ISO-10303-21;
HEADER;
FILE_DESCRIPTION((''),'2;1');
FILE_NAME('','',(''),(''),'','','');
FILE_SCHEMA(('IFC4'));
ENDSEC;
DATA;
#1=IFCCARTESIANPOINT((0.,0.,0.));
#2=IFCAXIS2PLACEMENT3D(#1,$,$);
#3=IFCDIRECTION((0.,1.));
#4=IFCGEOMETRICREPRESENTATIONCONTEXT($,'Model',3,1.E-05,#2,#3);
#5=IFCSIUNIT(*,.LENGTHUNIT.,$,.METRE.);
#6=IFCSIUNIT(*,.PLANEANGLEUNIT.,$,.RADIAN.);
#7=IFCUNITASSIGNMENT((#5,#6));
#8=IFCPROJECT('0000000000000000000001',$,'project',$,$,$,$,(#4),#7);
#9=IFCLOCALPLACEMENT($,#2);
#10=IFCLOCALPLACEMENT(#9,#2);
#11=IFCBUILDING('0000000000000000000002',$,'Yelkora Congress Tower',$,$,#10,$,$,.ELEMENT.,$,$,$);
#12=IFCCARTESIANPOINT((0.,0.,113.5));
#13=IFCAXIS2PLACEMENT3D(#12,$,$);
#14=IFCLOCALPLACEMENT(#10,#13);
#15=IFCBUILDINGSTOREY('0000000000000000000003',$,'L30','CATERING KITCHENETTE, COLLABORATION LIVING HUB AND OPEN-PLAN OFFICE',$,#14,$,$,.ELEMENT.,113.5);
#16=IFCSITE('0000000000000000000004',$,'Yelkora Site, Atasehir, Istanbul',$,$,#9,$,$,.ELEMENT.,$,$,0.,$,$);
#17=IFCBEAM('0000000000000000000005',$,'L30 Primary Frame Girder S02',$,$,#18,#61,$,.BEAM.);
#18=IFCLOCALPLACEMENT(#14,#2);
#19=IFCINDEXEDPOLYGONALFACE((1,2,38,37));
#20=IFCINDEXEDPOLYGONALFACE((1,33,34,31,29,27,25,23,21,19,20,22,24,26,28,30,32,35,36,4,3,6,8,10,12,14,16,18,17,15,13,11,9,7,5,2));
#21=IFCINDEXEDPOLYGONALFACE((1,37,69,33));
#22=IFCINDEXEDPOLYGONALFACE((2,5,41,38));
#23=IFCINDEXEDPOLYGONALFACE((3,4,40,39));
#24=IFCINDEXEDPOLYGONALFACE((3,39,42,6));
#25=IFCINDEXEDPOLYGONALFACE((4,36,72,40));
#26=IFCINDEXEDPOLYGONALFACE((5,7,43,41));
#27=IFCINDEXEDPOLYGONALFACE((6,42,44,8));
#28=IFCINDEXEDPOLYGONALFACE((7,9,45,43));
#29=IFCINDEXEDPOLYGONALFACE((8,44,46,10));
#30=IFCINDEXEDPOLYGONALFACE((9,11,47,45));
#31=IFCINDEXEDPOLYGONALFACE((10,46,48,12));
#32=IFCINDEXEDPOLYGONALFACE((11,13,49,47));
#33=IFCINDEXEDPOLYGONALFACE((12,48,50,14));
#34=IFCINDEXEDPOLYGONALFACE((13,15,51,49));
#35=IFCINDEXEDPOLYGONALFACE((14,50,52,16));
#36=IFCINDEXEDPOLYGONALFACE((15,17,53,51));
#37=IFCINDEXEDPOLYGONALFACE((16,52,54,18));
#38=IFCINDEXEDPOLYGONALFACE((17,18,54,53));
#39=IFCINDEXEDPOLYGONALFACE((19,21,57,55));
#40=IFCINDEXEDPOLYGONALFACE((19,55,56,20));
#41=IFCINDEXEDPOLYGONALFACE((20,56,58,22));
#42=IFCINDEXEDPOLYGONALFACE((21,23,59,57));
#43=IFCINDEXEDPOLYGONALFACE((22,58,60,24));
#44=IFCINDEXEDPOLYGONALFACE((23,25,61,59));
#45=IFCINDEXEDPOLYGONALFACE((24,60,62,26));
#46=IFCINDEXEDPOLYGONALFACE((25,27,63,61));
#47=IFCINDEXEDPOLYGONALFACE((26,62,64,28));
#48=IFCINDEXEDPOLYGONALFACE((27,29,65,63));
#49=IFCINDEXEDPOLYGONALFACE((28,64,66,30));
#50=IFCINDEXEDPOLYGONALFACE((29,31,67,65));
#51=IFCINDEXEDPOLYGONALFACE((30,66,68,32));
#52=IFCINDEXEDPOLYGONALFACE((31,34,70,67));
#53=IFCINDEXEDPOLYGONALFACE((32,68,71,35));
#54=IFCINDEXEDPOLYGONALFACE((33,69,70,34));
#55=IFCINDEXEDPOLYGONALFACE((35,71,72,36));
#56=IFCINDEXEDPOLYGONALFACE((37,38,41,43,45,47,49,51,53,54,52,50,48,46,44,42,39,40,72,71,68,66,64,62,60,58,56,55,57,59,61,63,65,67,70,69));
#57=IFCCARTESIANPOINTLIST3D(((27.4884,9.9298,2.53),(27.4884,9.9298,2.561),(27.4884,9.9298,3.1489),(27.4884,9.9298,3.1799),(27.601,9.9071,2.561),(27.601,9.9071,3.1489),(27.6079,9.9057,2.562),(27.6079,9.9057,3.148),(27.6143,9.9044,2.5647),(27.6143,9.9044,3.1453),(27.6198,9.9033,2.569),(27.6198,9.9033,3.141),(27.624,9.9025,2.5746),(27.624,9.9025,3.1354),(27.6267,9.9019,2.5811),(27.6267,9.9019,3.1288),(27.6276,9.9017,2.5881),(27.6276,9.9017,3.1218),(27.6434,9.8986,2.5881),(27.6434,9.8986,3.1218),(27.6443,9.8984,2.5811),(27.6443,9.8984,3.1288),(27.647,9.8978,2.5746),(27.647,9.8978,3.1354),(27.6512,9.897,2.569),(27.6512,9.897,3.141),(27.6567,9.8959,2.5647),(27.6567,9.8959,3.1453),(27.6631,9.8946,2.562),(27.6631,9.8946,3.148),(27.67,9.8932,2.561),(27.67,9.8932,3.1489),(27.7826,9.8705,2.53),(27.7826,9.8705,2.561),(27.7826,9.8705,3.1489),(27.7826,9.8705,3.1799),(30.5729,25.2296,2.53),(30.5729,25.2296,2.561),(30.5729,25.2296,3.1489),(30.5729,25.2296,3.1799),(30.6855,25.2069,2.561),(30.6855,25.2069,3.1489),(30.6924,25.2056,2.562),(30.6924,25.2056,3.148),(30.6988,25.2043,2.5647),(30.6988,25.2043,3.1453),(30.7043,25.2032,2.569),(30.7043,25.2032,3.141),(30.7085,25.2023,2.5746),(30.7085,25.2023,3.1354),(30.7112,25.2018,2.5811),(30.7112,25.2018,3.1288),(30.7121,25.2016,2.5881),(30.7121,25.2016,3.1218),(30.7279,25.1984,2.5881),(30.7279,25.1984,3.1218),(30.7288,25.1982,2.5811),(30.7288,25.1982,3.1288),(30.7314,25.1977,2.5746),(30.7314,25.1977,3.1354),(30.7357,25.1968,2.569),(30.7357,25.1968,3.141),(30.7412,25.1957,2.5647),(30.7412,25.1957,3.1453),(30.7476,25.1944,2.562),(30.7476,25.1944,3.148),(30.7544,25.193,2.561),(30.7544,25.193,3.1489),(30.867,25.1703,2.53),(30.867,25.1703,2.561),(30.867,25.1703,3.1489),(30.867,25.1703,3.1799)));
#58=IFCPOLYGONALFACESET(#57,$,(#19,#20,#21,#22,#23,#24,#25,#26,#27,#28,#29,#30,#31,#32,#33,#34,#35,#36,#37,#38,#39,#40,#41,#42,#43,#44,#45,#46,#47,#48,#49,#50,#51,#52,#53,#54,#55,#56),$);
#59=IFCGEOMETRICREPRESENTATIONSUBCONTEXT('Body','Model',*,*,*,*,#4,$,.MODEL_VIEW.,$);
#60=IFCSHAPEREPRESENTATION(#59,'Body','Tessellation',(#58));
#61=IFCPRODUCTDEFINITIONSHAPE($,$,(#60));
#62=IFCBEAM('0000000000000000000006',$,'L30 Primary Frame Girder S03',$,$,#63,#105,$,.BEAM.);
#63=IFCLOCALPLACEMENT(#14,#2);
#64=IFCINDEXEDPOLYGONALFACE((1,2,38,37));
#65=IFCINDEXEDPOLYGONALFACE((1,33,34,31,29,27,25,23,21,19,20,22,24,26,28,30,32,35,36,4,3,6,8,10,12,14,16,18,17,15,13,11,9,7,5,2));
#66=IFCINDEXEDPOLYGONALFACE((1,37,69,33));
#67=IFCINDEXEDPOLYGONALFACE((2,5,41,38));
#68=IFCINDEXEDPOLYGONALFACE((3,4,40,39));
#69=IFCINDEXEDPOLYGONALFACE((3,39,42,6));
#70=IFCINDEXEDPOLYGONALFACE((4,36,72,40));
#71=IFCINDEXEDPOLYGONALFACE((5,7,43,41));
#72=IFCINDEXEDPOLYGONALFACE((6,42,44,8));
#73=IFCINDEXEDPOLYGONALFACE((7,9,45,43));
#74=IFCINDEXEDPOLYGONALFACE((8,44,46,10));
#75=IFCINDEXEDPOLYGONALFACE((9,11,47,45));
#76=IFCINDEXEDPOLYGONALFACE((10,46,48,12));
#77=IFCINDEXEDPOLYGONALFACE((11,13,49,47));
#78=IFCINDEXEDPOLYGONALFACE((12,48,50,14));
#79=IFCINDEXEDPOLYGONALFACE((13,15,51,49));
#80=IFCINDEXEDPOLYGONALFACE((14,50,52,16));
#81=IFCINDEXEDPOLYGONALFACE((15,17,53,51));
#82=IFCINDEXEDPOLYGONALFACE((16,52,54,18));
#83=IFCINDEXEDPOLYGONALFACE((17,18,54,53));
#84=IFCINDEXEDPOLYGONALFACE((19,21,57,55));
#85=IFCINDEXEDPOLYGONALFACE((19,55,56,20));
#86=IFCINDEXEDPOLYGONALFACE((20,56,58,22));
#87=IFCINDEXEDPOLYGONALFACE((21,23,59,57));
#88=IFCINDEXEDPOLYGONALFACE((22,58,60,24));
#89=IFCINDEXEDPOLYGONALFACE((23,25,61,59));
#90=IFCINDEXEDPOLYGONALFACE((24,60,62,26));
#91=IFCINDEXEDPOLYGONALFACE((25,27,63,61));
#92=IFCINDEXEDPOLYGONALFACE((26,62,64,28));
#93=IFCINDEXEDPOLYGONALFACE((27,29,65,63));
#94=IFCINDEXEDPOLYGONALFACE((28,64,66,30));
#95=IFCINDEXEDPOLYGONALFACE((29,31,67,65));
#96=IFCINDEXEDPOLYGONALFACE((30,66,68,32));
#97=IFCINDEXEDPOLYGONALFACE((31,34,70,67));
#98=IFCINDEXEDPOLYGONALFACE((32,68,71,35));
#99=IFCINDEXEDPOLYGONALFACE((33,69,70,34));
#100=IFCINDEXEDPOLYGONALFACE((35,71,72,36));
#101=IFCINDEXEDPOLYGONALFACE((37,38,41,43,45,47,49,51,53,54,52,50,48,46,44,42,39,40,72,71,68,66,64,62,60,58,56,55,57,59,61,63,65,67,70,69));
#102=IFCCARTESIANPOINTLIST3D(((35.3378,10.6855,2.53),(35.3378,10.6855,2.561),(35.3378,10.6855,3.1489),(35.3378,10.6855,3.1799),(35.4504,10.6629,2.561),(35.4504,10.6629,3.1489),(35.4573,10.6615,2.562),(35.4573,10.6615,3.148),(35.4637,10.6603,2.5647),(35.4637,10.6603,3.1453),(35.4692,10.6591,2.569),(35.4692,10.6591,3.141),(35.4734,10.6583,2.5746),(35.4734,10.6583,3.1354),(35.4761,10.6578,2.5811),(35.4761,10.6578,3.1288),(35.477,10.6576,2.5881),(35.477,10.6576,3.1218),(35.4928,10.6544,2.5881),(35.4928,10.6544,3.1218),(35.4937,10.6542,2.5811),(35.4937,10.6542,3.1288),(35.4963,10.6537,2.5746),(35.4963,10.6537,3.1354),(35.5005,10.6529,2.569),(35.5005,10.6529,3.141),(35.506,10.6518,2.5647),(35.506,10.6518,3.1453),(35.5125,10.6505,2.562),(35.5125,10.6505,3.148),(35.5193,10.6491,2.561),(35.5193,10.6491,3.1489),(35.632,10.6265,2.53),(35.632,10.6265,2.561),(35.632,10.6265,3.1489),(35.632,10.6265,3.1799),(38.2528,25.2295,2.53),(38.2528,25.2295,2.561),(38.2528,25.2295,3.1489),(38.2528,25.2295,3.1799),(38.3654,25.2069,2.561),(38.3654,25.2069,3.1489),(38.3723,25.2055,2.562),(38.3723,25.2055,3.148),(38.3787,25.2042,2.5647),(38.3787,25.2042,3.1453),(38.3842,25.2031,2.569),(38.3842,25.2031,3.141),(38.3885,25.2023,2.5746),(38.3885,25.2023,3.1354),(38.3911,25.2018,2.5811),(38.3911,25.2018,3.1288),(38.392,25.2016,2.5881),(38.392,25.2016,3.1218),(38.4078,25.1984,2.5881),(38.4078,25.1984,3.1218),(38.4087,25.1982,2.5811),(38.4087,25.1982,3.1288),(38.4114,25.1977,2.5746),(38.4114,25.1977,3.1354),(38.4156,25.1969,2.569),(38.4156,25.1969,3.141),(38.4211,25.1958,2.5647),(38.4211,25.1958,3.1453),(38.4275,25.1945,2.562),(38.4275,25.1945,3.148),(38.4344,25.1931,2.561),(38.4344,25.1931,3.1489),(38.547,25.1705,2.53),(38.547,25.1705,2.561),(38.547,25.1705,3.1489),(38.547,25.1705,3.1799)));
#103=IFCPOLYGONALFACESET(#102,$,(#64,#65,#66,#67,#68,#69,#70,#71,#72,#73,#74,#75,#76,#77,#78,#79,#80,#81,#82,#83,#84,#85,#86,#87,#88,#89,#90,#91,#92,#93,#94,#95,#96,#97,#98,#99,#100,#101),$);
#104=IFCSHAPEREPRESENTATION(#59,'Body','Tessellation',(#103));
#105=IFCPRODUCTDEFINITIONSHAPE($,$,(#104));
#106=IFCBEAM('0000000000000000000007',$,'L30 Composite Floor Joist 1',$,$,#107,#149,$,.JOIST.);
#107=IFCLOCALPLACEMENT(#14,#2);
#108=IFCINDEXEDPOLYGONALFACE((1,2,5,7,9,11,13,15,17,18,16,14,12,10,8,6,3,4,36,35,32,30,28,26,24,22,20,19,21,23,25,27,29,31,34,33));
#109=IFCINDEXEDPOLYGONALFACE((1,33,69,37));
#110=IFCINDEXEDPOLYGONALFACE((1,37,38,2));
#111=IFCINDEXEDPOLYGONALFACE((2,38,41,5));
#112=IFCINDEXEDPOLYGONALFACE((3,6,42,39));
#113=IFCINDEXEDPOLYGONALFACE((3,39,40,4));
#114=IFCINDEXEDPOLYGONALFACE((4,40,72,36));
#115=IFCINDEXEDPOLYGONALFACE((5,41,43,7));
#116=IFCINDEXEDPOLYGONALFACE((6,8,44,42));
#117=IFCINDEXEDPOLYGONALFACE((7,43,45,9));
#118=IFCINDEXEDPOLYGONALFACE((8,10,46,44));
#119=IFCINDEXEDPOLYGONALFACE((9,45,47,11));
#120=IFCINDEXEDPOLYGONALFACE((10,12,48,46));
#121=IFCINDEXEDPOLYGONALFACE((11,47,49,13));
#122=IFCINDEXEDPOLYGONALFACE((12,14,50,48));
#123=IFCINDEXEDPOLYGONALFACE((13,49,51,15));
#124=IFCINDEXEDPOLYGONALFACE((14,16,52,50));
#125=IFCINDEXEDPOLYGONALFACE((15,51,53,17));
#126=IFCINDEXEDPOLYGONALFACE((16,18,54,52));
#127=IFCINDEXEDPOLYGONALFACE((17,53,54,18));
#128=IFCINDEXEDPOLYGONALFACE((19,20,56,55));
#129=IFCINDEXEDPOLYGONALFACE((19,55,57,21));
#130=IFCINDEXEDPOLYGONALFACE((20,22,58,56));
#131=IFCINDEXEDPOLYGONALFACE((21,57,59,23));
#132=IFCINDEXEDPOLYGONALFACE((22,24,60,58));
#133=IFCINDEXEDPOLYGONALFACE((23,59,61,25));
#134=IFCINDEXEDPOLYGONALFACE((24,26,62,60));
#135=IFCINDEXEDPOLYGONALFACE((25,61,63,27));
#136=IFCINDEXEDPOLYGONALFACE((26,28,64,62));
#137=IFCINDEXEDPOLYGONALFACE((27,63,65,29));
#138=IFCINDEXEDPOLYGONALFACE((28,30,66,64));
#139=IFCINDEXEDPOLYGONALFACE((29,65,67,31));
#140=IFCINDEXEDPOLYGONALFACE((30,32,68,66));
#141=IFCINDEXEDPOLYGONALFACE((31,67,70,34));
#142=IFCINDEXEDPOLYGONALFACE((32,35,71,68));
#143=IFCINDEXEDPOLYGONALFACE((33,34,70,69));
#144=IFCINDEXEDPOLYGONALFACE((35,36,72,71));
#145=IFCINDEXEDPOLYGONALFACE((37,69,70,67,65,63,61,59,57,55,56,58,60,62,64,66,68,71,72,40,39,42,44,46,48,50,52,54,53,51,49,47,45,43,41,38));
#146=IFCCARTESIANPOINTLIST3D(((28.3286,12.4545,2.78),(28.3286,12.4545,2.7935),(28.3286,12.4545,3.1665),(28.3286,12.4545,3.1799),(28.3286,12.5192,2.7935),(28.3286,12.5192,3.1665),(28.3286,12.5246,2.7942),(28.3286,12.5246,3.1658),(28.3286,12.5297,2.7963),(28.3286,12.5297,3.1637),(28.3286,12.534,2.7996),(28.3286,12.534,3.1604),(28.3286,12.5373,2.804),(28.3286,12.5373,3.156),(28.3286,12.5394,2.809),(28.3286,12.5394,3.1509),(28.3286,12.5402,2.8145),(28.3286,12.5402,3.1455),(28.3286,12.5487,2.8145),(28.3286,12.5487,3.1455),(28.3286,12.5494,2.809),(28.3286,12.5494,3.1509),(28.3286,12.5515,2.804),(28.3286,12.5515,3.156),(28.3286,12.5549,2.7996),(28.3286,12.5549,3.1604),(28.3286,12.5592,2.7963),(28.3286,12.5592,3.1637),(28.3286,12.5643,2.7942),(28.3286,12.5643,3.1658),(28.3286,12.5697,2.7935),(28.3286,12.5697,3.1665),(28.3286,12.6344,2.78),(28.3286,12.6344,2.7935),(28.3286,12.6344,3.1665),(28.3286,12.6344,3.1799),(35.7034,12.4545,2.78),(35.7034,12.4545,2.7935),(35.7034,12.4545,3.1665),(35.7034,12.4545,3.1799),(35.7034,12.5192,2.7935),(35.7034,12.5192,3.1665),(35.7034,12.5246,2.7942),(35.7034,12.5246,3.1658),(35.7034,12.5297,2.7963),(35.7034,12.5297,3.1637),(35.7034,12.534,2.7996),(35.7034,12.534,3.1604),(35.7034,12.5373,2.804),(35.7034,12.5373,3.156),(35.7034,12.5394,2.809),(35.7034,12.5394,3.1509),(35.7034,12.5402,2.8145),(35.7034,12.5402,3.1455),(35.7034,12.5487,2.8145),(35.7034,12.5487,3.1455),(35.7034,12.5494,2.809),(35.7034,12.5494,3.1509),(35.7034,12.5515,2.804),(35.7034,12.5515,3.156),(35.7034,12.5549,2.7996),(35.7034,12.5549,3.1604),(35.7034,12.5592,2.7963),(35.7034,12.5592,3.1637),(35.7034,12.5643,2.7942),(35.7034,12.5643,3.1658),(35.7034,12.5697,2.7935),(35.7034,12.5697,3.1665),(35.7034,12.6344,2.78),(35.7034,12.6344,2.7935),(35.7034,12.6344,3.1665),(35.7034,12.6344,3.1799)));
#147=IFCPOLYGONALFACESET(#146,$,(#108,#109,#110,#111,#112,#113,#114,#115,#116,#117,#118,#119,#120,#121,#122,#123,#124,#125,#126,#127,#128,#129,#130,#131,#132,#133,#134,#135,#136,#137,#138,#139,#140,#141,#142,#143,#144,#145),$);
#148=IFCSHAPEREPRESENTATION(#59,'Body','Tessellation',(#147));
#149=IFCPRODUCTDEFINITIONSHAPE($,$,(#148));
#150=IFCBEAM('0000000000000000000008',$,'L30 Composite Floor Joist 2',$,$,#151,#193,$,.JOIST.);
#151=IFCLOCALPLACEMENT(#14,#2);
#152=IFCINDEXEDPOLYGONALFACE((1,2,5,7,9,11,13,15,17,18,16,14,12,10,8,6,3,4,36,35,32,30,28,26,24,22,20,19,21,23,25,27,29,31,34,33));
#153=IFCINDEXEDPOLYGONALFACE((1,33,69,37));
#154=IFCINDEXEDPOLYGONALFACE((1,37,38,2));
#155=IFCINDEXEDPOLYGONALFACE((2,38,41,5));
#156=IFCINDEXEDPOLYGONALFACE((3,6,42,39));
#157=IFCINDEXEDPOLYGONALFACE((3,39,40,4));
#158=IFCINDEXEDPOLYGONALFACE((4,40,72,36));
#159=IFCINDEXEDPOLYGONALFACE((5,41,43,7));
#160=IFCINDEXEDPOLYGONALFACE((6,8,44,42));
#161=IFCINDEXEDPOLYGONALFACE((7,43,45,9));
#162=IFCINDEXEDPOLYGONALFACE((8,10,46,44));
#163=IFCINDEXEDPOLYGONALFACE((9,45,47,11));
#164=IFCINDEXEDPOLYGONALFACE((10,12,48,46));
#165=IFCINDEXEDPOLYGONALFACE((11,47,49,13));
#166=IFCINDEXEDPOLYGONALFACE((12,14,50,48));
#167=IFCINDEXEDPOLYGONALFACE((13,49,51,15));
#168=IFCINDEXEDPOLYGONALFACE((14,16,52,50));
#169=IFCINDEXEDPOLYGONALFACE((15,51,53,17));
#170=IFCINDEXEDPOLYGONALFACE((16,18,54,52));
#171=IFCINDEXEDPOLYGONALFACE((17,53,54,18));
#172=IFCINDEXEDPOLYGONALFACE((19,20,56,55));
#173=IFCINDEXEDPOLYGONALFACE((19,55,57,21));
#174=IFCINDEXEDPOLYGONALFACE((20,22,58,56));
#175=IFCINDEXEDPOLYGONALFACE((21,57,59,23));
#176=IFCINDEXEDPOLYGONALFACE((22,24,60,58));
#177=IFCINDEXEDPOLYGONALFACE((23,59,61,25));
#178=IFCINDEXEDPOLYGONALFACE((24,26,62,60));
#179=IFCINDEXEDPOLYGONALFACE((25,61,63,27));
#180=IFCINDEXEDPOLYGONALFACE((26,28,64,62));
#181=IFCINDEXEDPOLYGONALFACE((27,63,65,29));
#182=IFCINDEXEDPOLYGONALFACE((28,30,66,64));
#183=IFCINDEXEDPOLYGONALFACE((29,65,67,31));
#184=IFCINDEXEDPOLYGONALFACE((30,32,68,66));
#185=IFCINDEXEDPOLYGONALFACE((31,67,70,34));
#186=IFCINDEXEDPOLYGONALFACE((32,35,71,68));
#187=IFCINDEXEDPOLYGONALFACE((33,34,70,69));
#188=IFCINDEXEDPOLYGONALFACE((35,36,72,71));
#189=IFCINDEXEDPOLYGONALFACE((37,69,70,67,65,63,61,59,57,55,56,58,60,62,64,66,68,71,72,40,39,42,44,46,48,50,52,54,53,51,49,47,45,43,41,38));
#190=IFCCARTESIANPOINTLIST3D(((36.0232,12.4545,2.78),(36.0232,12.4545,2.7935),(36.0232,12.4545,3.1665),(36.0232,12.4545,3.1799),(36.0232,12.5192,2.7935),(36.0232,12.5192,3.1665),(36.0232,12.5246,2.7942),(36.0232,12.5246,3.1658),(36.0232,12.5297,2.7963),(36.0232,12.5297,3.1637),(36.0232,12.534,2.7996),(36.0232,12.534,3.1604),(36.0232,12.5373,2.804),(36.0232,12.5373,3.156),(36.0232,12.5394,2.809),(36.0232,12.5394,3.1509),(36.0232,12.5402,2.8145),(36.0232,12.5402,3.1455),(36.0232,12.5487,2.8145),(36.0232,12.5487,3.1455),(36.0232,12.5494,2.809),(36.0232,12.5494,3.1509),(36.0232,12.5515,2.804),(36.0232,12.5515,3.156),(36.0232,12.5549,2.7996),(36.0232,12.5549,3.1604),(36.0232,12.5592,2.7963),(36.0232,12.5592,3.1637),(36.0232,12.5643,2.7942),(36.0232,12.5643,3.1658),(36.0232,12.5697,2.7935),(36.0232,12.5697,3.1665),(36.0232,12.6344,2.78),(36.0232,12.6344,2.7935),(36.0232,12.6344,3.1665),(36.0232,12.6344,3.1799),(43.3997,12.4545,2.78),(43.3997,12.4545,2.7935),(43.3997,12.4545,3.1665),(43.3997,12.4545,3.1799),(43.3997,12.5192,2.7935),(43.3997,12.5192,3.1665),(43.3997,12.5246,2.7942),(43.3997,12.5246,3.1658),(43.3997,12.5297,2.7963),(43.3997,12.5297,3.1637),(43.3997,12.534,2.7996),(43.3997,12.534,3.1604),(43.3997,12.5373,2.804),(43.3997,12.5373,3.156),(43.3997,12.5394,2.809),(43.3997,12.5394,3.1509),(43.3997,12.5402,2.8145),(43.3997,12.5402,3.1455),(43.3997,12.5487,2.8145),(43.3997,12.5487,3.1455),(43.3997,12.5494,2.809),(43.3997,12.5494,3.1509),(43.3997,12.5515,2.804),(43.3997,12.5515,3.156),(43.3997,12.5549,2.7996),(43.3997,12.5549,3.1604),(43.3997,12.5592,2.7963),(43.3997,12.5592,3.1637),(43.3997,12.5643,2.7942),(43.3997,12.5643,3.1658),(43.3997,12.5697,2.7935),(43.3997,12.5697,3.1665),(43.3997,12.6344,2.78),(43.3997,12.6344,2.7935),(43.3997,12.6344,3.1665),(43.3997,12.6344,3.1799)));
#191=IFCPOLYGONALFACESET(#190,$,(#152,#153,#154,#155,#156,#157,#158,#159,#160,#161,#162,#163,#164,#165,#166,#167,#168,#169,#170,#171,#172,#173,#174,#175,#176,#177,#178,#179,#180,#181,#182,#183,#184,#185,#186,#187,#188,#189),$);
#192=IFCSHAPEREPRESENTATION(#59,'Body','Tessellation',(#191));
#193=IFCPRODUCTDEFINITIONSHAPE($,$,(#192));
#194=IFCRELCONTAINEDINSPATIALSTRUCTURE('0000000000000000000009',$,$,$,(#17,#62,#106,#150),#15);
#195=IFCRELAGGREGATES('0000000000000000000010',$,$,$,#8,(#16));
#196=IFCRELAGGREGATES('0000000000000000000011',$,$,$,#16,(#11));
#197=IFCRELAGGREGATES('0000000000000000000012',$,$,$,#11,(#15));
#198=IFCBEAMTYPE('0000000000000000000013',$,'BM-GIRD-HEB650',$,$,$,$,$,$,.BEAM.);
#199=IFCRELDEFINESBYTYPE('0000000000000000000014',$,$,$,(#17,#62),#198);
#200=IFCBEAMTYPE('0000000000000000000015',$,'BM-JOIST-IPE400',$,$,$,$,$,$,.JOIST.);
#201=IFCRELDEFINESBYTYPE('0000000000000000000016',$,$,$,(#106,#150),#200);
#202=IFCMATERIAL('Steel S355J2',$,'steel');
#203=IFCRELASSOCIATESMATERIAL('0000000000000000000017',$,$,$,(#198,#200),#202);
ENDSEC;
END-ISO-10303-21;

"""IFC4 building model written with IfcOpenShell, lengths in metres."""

from ifc_helpers import new_model, si_unit, direction, frame, origin, origin_2d, place, context, subcontext, project, spatial, i_section, extrude, material, material_profile, profile_set, type_object, element, save


model = new_model("IFC4")

# Units and contexts
model_context = context("Model", 3, precision=1e-05, world=origin(), true_north=direction((0.0, 1.0)))
body_context = subcontext(model_context, "Body", "Model", "MODEL_VIEW")
ifc_project = project(units=[si_unit("LENGTHUNIT", "METRE"), si_unit("PLANEANGLEUNIT", "RADIAN")], contexts=[model_context])

# Site, building, storey
site_placement = place(None, origin())
site = spatial("IfcSite", under=ifc_project, at=site_placement, Name="Yelkora Site, Atasehir, Istanbul", CompositionType="ELEMENT", RefElevation=0.0)
building_placement = place(site_placement, origin())
building = spatial("IfcBuilding", under=site, at=building_placement, Name="Yelkora Congress Tower", CompositionType="ELEMENT")
storey_placement = place(building_placement, frame((0.0, 0.0, 113.5)))
storey = spatial("IfcBuildingStorey", under=building, at=storey_placement, Name="L30", Description="CATERING KITCHENETTE, COLLABORATION LIVING HUB AND OPEN-PLAN OFFICE", CompositionType="ELEMENT", Elevation=113.5)

# Beams
ifc_material_1 = material(Name="Steel S355J2", Category="steel")
ifc_material_profile_1 = material_profile(ifc_material_1, i_section(OverallWidth=0.3, OverallDepth=0.6499, WebThickness=0.0161, FlangeThickness=0.031, FilletRadius=0.0271, at=origin_2d()), Name="HEB 650")
ifc_profile_set_1 = profile_set([ifc_material_profile_1], Name="Steel S355J2")
beam_type_1 = type_object("IfcBeamType", Name="BM-GIRD-HEB650", PredefinedType="BEAM", material=ifc_profile_set_1)
beam_1_placement = place(storey_placement, frame((27.6355, 9.9001, 2.855), z_axis=(0.197626, 0.980277, 0.0), x_axis=(-0.980277, 0.197626, 0.0)))
element("IfcBeam", 1, at=beam_1_placement, inside=storey, type_object=beam_type_1, Name="L30 Primary Frame Girder S02", PredefinedType="BEAM", context=body_context, shape_type="SweptSolid", body=[
    extrude(i_section(OverallWidth=0.3, OverallDepth=0.6499, WebThickness=0.0161, FlangeThickness=0.031, FilletRadius=0.0271, at=origin_2d()), origin(), (0.0, 0.0, 1.0), 15.6077),
])
beam_2_placement = place(storey_placement, frame((35.4849, 10.656, 2.855), z_axis=(0.196521, 0.9805, 0.0), x_axis=(-0.9805, 0.196521, 0.0)))
element("IfcBeam", 2, at=beam_2_placement, inside=storey, type_object=beam_type_1, Name="L30 Primary Frame Girder S03", PredefinedType="BEAM", context=body_context, shape_type="SweptSolid", body=[
    extrude(i_section(OverallWidth=0.3, OverallDepth=0.6499, WebThickness=0.0161, FlangeThickness=0.031, FilletRadius=0.0271, at=origin_2d()), origin(), (0.0, 0.0, 1.0), 14.8333),
])
ifc_material_profile_2 = material_profile(ifc_material_1, i_section(OverallWidth=0.1799, OverallDepth=0.3999, WebThickness=0.0085, FlangeThickness=0.0134, FilletRadius=0.021, at=origin_2d()), Name="IPE 400")
ifc_profile_set_2 = profile_set([ifc_material_profile_2], Name="Steel S355J2")
beam_type_2 = type_object("IfcBeamType", Name="BM-JOIST-IPE400", PredefinedType="JOIST", material=ifc_profile_set_2)
beam_3_placement = place(storey_placement, frame((28.3286, 12.5444, 2.98), z_axis=(1.0, 0.0, 0.0), x_axis=(0.0, 1.0, 0.0)))
element("IfcBeam", 3, at=beam_3_placement, inside=storey, type_object=beam_type_2, Name="L30 Composite Floor Joist 1", PredefinedType="JOIST", context=body_context, shape_type="SweptSolid", body=[
    extrude(i_section(OverallWidth=0.1799, OverallDepth=0.3999, WebThickness=0.0085, FlangeThickness=0.0134, FilletRadius=0.021, at=origin_2d()), origin(), (0.0, 0.0, 1.0), 7.3748),
])
beam_4_placement = place(storey_placement, frame((36.0232, 12.5444, 2.98), z_axis=(1.0, 0.0, 0.0), x_axis=(0.0, 1.0, 0.0)))
element("IfcBeam", 4, at=beam_4_placement, inside=storey, type_object=beam_type_2, Name="L30 Composite Floor Joist 2", PredefinedType="JOIST", context=body_context, shape_type="SweptSolid", body=[
    extrude(i_section(OverallWidth=0.1799, OverallDepth=0.3999, WebThickness=0.0085, FlangeThickness=0.0134, FilletRadius=0.021, at=origin_2d()), origin(), (0.0, 0.0, 1.0), 7.3765),
])

save(model, "model.ifc")
